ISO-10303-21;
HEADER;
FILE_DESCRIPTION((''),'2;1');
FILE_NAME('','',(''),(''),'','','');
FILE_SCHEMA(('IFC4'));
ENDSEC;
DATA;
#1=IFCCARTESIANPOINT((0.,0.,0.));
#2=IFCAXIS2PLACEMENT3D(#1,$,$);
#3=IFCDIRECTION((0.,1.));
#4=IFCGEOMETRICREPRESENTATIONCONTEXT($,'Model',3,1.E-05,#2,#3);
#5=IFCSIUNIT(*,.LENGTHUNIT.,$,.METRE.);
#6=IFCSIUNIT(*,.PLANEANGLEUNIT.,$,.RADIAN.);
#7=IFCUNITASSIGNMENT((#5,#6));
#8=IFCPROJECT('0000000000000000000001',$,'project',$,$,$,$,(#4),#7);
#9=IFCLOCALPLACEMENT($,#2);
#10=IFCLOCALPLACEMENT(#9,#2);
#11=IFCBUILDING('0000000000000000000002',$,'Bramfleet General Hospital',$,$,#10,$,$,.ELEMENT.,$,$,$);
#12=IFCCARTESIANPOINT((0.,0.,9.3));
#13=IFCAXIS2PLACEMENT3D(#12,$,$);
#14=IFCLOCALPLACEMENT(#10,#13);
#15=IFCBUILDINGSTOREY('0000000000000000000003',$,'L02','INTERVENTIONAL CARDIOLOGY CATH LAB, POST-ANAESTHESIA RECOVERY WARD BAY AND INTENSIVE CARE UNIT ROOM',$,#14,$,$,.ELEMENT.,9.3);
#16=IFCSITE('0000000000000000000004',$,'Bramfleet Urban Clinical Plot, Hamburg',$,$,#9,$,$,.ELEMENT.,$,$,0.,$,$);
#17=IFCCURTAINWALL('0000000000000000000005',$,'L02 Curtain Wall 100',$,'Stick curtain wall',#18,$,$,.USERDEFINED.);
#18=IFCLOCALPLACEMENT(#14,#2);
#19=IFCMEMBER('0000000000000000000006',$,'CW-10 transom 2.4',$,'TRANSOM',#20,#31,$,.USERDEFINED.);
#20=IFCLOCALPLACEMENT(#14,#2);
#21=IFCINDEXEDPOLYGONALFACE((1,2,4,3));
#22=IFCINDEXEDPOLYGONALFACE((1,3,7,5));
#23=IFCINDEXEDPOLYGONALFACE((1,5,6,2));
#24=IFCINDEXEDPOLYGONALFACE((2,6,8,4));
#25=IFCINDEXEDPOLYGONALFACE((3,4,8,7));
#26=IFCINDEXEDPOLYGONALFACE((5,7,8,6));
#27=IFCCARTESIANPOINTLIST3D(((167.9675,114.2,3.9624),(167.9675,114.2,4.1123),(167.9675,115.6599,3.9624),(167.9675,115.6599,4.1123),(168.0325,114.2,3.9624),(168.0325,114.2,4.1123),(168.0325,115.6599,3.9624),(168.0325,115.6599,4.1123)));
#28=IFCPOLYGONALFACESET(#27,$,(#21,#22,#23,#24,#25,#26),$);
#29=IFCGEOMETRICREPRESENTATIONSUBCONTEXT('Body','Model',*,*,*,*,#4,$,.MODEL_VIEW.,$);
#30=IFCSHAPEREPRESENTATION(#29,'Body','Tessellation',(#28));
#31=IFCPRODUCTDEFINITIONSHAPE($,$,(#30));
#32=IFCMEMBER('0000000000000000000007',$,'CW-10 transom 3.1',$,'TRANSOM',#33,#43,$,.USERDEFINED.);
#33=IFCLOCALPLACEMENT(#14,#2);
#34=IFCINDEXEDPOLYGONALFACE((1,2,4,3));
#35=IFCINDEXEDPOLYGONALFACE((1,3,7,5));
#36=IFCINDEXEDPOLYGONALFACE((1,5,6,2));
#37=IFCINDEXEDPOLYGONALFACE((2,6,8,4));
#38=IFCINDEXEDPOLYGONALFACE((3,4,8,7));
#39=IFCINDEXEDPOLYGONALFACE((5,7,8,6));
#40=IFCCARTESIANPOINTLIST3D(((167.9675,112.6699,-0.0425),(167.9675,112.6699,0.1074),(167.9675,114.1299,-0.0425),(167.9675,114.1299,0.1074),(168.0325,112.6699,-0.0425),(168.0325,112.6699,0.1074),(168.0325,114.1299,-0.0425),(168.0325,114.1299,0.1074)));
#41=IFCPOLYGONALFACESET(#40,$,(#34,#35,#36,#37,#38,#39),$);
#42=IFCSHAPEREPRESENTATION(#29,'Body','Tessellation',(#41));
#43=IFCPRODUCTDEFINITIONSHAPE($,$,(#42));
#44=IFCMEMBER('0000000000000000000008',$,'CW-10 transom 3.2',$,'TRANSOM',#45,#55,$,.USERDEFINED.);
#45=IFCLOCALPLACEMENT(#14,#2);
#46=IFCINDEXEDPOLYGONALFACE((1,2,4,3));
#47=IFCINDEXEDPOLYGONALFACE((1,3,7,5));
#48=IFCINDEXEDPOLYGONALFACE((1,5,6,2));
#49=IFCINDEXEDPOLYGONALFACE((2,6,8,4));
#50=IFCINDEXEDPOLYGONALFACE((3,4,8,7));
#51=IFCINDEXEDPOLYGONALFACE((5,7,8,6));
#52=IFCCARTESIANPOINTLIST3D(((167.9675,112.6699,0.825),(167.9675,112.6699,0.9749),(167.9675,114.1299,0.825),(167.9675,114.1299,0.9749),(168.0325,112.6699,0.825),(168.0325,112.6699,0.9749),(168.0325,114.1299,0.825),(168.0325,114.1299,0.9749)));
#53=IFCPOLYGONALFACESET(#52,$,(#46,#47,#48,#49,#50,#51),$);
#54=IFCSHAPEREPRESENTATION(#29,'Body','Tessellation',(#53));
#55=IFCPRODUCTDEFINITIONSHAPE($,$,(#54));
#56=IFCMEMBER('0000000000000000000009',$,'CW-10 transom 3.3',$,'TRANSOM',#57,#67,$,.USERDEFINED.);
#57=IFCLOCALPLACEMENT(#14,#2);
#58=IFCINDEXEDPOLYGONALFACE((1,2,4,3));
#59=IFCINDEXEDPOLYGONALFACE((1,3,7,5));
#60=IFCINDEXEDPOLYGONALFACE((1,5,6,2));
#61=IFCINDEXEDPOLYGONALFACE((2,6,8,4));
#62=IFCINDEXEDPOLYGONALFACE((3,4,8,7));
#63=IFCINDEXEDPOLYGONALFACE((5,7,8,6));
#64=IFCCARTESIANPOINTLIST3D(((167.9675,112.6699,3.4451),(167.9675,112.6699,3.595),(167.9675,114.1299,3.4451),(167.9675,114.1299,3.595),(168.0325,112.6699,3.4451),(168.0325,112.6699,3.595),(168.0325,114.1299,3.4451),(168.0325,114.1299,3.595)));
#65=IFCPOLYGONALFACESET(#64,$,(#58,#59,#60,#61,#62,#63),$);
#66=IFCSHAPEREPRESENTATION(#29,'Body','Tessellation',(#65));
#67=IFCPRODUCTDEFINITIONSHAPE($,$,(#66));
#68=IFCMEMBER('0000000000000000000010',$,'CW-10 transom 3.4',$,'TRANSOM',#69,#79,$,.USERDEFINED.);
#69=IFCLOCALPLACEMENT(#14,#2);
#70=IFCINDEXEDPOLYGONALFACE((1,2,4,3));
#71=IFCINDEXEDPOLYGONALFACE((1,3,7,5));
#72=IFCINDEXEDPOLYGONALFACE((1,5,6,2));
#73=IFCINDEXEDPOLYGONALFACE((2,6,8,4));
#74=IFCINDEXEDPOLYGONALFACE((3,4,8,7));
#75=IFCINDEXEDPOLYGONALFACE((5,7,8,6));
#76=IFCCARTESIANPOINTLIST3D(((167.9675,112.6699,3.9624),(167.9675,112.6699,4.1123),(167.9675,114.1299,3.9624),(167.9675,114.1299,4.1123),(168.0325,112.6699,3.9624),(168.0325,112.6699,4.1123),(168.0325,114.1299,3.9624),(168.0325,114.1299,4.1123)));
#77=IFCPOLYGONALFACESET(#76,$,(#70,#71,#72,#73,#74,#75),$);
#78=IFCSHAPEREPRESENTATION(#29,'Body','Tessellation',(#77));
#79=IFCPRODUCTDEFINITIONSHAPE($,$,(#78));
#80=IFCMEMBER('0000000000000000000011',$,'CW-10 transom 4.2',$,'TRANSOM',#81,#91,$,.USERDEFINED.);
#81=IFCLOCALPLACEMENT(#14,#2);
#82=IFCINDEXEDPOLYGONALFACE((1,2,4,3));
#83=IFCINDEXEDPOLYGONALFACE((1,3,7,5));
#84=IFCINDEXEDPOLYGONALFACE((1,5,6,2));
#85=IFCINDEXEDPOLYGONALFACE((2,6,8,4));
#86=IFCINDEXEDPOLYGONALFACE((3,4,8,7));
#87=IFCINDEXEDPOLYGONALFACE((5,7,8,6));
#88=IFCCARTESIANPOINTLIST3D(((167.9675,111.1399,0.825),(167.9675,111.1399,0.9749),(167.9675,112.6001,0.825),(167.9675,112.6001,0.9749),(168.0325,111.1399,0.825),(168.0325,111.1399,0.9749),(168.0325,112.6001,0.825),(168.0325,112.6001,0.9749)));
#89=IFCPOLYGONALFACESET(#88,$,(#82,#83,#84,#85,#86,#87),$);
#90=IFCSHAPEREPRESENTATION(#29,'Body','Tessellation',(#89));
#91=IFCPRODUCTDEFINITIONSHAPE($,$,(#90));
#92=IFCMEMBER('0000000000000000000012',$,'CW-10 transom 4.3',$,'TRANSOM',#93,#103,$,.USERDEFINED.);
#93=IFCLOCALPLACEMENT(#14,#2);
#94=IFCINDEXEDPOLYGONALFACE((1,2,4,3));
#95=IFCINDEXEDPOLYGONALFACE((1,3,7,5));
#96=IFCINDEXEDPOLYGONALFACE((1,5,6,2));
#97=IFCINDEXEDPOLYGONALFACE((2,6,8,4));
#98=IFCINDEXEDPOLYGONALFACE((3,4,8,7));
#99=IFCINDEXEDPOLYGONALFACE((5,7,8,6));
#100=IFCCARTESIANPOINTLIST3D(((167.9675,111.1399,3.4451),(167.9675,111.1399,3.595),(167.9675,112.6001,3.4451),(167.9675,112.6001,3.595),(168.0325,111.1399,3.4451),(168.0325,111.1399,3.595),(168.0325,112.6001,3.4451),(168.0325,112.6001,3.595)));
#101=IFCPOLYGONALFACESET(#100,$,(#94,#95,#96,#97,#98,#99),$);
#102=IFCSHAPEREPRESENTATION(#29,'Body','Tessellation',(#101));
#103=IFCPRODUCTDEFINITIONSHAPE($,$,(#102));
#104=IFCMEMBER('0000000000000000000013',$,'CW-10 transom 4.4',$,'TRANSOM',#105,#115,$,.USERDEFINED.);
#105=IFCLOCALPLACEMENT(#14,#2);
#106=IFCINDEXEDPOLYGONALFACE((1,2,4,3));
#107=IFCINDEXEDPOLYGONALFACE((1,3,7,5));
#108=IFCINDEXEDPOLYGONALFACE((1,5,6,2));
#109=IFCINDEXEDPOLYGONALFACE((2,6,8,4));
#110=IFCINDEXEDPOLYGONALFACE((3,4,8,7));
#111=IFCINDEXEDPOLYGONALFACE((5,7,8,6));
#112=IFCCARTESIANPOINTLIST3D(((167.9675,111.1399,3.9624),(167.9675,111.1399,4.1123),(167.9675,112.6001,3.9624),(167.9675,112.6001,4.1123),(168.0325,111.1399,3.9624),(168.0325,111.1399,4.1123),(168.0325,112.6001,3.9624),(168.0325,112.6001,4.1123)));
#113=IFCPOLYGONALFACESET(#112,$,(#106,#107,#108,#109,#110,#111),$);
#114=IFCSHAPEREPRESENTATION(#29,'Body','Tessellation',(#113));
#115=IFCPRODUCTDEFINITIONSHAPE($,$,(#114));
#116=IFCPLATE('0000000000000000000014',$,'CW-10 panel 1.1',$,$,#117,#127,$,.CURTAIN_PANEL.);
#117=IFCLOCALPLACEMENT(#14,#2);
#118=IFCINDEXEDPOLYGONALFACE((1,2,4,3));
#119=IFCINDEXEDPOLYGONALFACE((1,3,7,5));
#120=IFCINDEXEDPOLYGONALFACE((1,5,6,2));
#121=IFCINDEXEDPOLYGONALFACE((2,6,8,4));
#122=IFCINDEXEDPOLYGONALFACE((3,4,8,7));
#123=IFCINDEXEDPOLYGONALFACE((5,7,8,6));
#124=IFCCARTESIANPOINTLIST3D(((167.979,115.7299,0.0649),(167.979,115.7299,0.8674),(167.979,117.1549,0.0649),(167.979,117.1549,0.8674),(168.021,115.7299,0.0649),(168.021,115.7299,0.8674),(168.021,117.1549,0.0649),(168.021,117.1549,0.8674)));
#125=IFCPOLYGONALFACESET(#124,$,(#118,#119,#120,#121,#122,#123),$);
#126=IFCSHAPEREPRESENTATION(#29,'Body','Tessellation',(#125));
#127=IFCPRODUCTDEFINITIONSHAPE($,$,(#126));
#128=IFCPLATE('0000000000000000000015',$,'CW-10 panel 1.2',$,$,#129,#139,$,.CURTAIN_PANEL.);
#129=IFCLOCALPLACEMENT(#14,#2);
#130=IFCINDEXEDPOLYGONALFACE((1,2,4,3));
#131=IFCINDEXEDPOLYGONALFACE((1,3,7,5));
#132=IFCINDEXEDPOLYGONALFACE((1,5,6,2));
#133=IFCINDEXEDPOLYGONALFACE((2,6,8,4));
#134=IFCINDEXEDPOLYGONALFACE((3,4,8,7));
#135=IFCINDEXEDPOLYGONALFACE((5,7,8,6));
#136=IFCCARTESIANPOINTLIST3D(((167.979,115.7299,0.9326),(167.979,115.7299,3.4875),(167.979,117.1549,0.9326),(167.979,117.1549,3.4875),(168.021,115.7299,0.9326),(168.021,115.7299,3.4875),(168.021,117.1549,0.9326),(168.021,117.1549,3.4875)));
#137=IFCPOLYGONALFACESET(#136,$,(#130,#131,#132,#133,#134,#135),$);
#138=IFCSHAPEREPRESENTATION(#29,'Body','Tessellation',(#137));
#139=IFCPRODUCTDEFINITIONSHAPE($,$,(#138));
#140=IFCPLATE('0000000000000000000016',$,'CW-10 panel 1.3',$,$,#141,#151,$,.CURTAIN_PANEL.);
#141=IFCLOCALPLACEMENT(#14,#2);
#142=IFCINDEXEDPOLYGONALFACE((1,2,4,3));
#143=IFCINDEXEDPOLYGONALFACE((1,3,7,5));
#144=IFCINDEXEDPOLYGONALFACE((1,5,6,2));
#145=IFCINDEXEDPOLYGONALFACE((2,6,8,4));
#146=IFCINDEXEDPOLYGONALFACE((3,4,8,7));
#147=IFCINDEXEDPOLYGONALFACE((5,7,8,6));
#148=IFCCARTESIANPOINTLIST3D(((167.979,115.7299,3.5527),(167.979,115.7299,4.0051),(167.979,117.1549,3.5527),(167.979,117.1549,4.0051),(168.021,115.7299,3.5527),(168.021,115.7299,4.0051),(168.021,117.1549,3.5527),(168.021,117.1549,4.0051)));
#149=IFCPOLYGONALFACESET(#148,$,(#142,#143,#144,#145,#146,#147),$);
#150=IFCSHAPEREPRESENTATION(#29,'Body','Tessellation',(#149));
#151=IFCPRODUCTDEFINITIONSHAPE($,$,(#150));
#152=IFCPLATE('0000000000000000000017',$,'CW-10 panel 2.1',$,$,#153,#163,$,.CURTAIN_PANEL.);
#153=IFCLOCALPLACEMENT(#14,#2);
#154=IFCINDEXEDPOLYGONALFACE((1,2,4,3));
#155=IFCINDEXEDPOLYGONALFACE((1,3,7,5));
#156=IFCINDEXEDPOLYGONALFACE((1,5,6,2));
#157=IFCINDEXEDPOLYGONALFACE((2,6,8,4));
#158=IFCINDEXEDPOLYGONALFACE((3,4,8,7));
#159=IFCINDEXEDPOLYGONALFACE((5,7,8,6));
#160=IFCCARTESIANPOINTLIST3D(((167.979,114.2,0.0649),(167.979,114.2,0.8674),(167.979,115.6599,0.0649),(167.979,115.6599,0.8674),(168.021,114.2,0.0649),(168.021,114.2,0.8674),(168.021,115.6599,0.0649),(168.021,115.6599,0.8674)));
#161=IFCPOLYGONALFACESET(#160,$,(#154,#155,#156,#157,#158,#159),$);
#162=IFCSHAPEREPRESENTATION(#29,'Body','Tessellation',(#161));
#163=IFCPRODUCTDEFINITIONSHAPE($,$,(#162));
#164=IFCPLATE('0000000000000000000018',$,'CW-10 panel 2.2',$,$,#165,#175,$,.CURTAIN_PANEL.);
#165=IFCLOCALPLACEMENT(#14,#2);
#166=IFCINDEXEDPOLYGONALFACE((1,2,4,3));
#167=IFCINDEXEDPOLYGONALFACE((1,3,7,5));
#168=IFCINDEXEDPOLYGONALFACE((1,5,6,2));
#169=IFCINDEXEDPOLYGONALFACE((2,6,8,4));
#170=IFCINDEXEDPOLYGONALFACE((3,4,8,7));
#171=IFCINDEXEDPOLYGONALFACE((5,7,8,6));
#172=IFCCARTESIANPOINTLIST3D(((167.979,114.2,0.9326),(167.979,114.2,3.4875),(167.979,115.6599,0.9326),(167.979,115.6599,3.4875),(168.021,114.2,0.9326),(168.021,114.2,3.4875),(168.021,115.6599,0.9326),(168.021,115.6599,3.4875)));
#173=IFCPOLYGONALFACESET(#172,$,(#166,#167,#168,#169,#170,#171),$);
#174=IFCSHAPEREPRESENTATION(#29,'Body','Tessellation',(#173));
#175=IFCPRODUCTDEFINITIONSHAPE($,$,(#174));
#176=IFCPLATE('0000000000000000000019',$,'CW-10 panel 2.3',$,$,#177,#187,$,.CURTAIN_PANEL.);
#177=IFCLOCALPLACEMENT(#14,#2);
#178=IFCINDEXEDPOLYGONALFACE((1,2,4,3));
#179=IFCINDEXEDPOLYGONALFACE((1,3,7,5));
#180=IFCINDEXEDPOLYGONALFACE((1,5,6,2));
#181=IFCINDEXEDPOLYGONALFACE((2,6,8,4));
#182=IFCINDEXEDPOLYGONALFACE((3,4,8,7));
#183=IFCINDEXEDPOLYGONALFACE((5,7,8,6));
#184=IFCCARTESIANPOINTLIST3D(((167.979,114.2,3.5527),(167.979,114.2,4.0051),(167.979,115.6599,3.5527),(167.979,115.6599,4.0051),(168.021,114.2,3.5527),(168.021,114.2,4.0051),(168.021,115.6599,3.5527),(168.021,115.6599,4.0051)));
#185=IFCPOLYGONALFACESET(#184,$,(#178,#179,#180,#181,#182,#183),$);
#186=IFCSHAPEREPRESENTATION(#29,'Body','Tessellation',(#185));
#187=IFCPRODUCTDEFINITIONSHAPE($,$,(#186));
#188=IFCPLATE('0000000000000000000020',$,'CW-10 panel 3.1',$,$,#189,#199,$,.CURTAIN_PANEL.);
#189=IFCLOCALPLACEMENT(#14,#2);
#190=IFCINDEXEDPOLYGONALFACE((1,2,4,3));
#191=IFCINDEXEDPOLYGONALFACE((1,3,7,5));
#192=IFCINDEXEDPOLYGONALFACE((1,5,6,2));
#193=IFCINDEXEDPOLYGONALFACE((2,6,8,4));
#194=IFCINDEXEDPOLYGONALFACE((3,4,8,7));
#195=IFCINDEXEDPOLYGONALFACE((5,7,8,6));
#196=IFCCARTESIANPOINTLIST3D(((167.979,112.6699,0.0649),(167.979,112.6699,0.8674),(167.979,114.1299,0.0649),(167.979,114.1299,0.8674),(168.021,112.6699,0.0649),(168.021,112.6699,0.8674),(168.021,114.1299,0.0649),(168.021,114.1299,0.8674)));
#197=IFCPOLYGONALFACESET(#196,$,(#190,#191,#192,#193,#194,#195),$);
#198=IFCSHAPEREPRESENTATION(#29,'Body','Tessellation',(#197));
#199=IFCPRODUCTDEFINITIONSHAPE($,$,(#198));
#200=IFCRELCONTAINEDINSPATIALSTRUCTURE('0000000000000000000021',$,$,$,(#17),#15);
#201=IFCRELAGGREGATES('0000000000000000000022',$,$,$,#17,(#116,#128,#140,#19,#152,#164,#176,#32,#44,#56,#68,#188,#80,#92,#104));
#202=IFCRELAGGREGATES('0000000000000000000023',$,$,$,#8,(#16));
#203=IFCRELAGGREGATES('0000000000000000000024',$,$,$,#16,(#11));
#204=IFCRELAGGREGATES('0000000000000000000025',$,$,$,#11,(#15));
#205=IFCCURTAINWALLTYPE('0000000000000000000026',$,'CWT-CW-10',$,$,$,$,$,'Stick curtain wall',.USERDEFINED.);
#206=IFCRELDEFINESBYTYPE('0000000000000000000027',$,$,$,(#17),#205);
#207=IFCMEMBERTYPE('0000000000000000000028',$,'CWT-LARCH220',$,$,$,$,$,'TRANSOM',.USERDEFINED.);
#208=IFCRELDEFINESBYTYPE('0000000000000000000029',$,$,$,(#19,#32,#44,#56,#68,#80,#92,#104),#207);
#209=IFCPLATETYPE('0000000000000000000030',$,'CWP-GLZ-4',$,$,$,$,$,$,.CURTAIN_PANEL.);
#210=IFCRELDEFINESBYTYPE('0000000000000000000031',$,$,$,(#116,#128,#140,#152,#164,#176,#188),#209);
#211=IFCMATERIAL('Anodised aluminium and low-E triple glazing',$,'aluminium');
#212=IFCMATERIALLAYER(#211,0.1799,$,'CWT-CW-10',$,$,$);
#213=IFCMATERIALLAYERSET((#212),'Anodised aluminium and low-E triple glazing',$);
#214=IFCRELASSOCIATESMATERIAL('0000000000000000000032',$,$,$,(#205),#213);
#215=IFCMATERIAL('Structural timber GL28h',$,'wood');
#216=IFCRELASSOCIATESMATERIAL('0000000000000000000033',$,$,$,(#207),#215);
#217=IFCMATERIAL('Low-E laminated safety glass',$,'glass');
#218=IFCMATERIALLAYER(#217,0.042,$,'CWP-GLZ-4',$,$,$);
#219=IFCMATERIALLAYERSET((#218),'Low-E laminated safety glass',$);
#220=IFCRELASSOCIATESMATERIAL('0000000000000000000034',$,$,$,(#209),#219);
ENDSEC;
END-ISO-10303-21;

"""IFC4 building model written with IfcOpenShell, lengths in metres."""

from ifc_helpers import new_model, si_unit, direction, frame, origin, origin_2d, place, context, subcontext, project, spatial, rectangle, extrude, material, layer, layer_set, material_profile, profile_set, type_object, element, aggregate, save


model = new_model("IFC4")

# Units and contexts
model_context = context("Model", 3, precision=1e-05, world=origin(), true_north=direction((0.0, 1.0)))
body_context = subcontext(model_context, "Body", "Model", "MODEL_VIEW")
ifc_project = project(units=[si_unit("LENGTHUNIT", "METRE"), si_unit("PLANEANGLEUNIT", "RADIAN")], contexts=[model_context])

# Site, building, storey
site_placement = place(None, origin())
site = spatial("IfcSite", under=ifc_project, at=site_placement, Name="Bramfleet Urban Clinical Plot, Hamburg", CompositionType="ELEMENT", RefElevation=0.0)
building_placement = place(site_placement, origin())
building = spatial("IfcBuilding", under=site, at=building_placement, Name="Bramfleet General Hospital", CompositionType="ELEMENT")
storey_placement = place(building_placement, frame((0.0, 0.0, 9.3)))
storey = spatial("IfcBuildingStorey", under=building, at=storey_placement, Name="L02", Description="INTERVENTIONAL CARDIOLOGY CATH LAB, POST-ANAESTHESIA RECOVERY WARD BAY AND INTENSIVE CARE UNIT ROOM", CompositionType="ELEMENT", Elevation=9.3)

# Curtain wall, members, plates
ifc_material_1 = material(Name="Anodised aluminium and low-E triple glazing", Category="aluminium")
ifc_layer_1 = layer(ifc_material_1, 0.1799, Name="CWT-CW-10")
ifc_layer_set_1 = layer_set([ifc_layer_1], Name="Anodised aluminium and low-E triple glazing")
curtain_wall_type = type_object("IfcCurtainWallType", Name="CWT-CW-10", ElementType="Stick curtain wall", PredefinedType="USERDEFINED", material=ifc_layer_set_1)
curtain_wall_placement = place(storey_placement, origin())
curtain_wall = element("IfcCurtainWall", 1, at=curtain_wall_placement, inside=storey, type_object=curtain_wall_type, Name="L02 Curtain Wall 100", ObjectType="Stick curtain wall", PredefinedType="USERDEFINED")
ifc_material_2 = material(Name="Structural timber GL28h", Category="wood")
ifc_material_profile_1 = material_profile(ifc_material_2, rectangle(XDim=0.0649, YDim=0.1499, at=origin_2d()), Name="LARCH 150x65")
ifc_profile_set_1 = profile_set([ifc_material_profile_1], Name="Structural timber GL28h")
member_type_1 = type_object("IfcMemberType", Name="CWT-LARCH220", ElementType="TRANSOM", PredefinedType="USERDEFINED", material=ifc_profile_set_1)
member_1_placement = place(storey_placement, frame((168.0, 115.6599, 4.0374), z_axis=(0.0, -1.0, 0.0), x_axis=(1.0, 0.0, 0.0)))
member_1 = element("IfcMember", 2, at=member_1_placement, type_object=member_type_1, Name="CW-10 transom 2.4", ObjectType="TRANSOM", PredefinedType="USERDEFINED", context=body_context, shape_type="SweptSolid", body=[
    extrude(rectangle(XDim=0.0649, YDim=0.1499, at=origin_2d()), origin(), (0.0, 0.0, 1.0), 1.46),
])
member_2_placement = place(storey_placement, frame((168.0, 114.1299, 0.0325), z_axis=(0.0, -1.0, 0.0), x_axis=(1.0, 0.0, 0.0)))
member_2 = element("IfcMember", 3, at=member_2_placement, type_object=member_type_1, Name="CW-10 transom 3.1", ObjectType="TRANSOM", PredefinedType="USERDEFINED", context=body_context, shape_type="SweptSolid", body=[
    extrude(rectangle(XDim=0.0649, YDim=0.1499, at=origin_2d()), origin(), (0.0, 0.0, 1.0), 1.46),
])
member_3_placement = place(storey_placement, frame((168.0, 114.1299, 0.8999), z_axis=(0.0, -1.0, 0.0), x_axis=(1.0, 0.0, 0.0)))
member_3 = element("IfcMember", 4, at=member_3_placement, type_object=member_type_1, Name="CW-10 transom 3.2", ObjectType="TRANSOM", PredefinedType="USERDEFINED", context=body_context, shape_type="SweptSolid", body=[
    extrude(rectangle(XDim=0.0649, YDim=0.1499, at=origin_2d()), origin(), (0.0, 0.0, 1.0), 1.46),
])
member_4_placement = place(storey_placement, frame((168.0, 114.1299, 3.52), z_axis=(0.0, -1.0, 0.0), x_axis=(1.0, 0.0, 0.0)))
member_4 = element("IfcMember", 5, at=member_4_placement, type_object=member_type_1, Name="CW-10 transom 3.3", ObjectType="TRANSOM", PredefinedType="USERDEFINED", context=body_context, shape_type="SweptSolid", body=[
    extrude(rectangle(XDim=0.0649, YDim=0.1499, at=origin_2d()), origin(), (0.0, 0.0, 1.0), 1.46),
])
member_5_placement = place(storey_placement, frame((168.0, 114.1299, 4.0374), z_axis=(0.0, -1.0, 0.0), x_axis=(1.0, 0.0, 0.0)))
member_5 = element("IfcMember", 6, at=member_5_placement, type_object=member_type_1, Name="CW-10 transom 3.4", ObjectType="TRANSOM", PredefinedType="USERDEFINED", context=body_context, shape_type="SweptSolid", body=[
    extrude(rectangle(XDim=0.0649, YDim=0.1499, at=origin_2d()), origin(), (0.0, 0.0, 1.0), 1.46),
])
member_6_placement = place(storey_placement, frame((168.0, 112.6001, 0.8999), z_axis=(0.0, -1.0, 0.0), x_axis=(1.0, 0.0, 0.0)))
member_6 = element("IfcMember", 7, at=member_6_placement, type_object=member_type_1, Name="CW-10 transom 4.2", ObjectType="TRANSOM", PredefinedType="USERDEFINED", context=body_context, shape_type="SweptSolid", body=[
    extrude(rectangle(XDim=0.0649, YDim=0.1499, at=origin_2d()), origin(), (0.0, 0.0, 1.0), 1.4602),
])
member_7_placement = place(storey_placement, frame((168.0, 112.6001, 3.52), z_axis=(0.0, -1.0, 0.0), x_axis=(1.0, 0.0, 0.0)))
member_7 = element("IfcMember", 8, at=member_7_placement, type_object=member_type_1, Name="CW-10 transom 4.3", ObjectType="TRANSOM", PredefinedType="USERDEFINED", context=body_context, shape_type="SweptSolid", body=[
    extrude(rectangle(XDim=0.0649, YDim=0.1499, at=origin_2d()), origin(), (0.0, 0.0, 1.0), 1.4602),
])
member_8_placement = place(storey_placement, frame((168.0, 112.6001, 4.0374), z_axis=(0.0, -1.0, 0.0), x_axis=(1.0, 0.0, 0.0)))
member_8 = element("IfcMember", 9, at=member_8_placement, type_object=member_type_1, Name="CW-10 transom 4.4", ObjectType="TRANSOM", PredefinedType="USERDEFINED", context=body_context, shape_type="SweptSolid", body=[
    extrude(rectangle(XDim=0.0649, YDim=0.1499, at=origin_2d()), origin(), (0.0, 0.0, 1.0), 1.4602),
])
ifc_material_3 = material(Name="Low-E laminated safety glass", Category="glass")
ifc_layer_2 = layer(ifc_material_3, 0.042, Name="CWP-GLZ-4")
ifc_layer_set_2 = layer_set([ifc_layer_2], Name="Low-E laminated safety glass")
plate_type = type_object("IfcPlateType", Name="CWP-GLZ-4", PredefinedType="CURTAIN_PANEL", material=ifc_layer_set_2)
plate_1_placement = place(storey_placement, frame((168.0, 116.4424, 0.0649), z_axis=(0.0, 0.0, 1.0), x_axis=(0.0, -1.0, 0.0)))
plate_1 = element("IfcPlate", 10, at=plate_1_placement, type_object=plate_type, Name="CW-10 panel 1.1", PredefinedType="CURTAIN_PANEL", context=body_context, shape_type="SweptSolid", body=[
    extrude(rectangle(XDim=1.425, YDim=0.042, at=origin_2d()), origin(), (0.0, 0.0, 1.0), 0.8025),
])
plate_2_placement = place(storey_placement, frame((168.0, 116.4424, 0.9326), z_axis=(0.0, 0.0, 1.0), x_axis=(0.0, -1.0, 0.0)))
plate_2 = element("IfcPlate", 11, at=plate_2_placement, type_object=plate_type, Name="CW-10 panel 1.2", PredefinedType="CURTAIN_PANEL", context=body_context, shape_type="SweptSolid", body=[
    extrude(rectangle(XDim=1.425, YDim=0.042, at=origin_2d()), origin(), (0.0, 0.0, 1.0), 2.5549),
])
plate_3_placement = place(storey_placement, frame((168.0, 116.4424, 3.5527), z_axis=(0.0, 0.0, 1.0), x_axis=(0.0, -1.0, 0.0)))
plate_3 = element("IfcPlate", 12, at=plate_3_placement, type_object=plate_type, Name="CW-10 panel 1.3", PredefinedType="CURTAIN_PANEL", context=body_context, shape_type="SweptSolid", body=[
    extrude(rectangle(XDim=1.425, YDim=0.042, at=origin_2d()), origin(), (0.0, 0.0, 1.0), 0.4524),
])
plate_4_placement = place(storey_placement, frame((168.0, 114.9299, 0.0649), z_axis=(0.0, 0.0, 1.0), x_axis=(0.0, -1.0, 0.0)))
plate_4 = element("IfcPlate", 13, at=plate_4_placement, type_object=plate_type, Name="CW-10 panel 2.1", PredefinedType="CURTAIN_PANEL", context=body_context, shape_type="SweptSolid", body=[
    extrude(rectangle(XDim=1.46, YDim=0.042, at=origin_2d()), origin(), (0.0, 0.0, 1.0), 0.8025),
])
plate_5_placement = place(storey_placement, frame((168.0, 114.9299, 0.9326), z_axis=(0.0, 0.0, 1.0), x_axis=(0.0, -1.0, 0.0)))
plate_5 = element("IfcPlate", 14, at=plate_5_placement, type_object=plate_type, Name="CW-10 panel 2.2", PredefinedType="CURTAIN_PANEL", context=body_context, shape_type="SweptSolid", body=[
    extrude(rectangle(XDim=1.46, YDim=0.042, at=origin_2d()), origin(), (0.0, 0.0, 1.0), 2.5549),
])
plate_6_placement = place(storey_placement, frame((168.0, 114.9299, 3.5527), z_axis=(0.0, 0.0, 1.0), x_axis=(0.0, -1.0, 0.0)))
plate_6 = element("IfcPlate", 15, at=plate_6_placement, type_object=plate_type, Name="CW-10 panel 2.3", PredefinedType="CURTAIN_PANEL", context=body_context, shape_type="SweptSolid", body=[
    extrude(rectangle(XDim=1.46, YDim=0.042, at=origin_2d()), origin(), (0.0, 0.0, 1.0), 0.4524),
])
plate_7_placement = place(storey_placement, frame((168.0, 113.3999, 0.0649), z_axis=(0.0, 0.0, 1.0), x_axis=(0.0, -1.0, 0.0)))
plate_7 = element("IfcPlate", 16, at=plate_7_placement, type_object=plate_type, Name="CW-10 panel 3.1", PredefinedType="CURTAIN_PANEL", context=body_context, shape_type="SweptSolid", body=[
    extrude(rectangle(XDim=1.46, YDim=0.042, at=origin_2d()), origin(), (0.0, 0.0, 1.0), 0.8025),
])
aggregate(curtain_wall, [plate_1, plate_2, plate_3, member_1, plate_4, plate_5, plate_6, member_2, member_3, member_4, member_5, plate_7, member_6, member_7, member_8])

save(model, "model.ifc")
